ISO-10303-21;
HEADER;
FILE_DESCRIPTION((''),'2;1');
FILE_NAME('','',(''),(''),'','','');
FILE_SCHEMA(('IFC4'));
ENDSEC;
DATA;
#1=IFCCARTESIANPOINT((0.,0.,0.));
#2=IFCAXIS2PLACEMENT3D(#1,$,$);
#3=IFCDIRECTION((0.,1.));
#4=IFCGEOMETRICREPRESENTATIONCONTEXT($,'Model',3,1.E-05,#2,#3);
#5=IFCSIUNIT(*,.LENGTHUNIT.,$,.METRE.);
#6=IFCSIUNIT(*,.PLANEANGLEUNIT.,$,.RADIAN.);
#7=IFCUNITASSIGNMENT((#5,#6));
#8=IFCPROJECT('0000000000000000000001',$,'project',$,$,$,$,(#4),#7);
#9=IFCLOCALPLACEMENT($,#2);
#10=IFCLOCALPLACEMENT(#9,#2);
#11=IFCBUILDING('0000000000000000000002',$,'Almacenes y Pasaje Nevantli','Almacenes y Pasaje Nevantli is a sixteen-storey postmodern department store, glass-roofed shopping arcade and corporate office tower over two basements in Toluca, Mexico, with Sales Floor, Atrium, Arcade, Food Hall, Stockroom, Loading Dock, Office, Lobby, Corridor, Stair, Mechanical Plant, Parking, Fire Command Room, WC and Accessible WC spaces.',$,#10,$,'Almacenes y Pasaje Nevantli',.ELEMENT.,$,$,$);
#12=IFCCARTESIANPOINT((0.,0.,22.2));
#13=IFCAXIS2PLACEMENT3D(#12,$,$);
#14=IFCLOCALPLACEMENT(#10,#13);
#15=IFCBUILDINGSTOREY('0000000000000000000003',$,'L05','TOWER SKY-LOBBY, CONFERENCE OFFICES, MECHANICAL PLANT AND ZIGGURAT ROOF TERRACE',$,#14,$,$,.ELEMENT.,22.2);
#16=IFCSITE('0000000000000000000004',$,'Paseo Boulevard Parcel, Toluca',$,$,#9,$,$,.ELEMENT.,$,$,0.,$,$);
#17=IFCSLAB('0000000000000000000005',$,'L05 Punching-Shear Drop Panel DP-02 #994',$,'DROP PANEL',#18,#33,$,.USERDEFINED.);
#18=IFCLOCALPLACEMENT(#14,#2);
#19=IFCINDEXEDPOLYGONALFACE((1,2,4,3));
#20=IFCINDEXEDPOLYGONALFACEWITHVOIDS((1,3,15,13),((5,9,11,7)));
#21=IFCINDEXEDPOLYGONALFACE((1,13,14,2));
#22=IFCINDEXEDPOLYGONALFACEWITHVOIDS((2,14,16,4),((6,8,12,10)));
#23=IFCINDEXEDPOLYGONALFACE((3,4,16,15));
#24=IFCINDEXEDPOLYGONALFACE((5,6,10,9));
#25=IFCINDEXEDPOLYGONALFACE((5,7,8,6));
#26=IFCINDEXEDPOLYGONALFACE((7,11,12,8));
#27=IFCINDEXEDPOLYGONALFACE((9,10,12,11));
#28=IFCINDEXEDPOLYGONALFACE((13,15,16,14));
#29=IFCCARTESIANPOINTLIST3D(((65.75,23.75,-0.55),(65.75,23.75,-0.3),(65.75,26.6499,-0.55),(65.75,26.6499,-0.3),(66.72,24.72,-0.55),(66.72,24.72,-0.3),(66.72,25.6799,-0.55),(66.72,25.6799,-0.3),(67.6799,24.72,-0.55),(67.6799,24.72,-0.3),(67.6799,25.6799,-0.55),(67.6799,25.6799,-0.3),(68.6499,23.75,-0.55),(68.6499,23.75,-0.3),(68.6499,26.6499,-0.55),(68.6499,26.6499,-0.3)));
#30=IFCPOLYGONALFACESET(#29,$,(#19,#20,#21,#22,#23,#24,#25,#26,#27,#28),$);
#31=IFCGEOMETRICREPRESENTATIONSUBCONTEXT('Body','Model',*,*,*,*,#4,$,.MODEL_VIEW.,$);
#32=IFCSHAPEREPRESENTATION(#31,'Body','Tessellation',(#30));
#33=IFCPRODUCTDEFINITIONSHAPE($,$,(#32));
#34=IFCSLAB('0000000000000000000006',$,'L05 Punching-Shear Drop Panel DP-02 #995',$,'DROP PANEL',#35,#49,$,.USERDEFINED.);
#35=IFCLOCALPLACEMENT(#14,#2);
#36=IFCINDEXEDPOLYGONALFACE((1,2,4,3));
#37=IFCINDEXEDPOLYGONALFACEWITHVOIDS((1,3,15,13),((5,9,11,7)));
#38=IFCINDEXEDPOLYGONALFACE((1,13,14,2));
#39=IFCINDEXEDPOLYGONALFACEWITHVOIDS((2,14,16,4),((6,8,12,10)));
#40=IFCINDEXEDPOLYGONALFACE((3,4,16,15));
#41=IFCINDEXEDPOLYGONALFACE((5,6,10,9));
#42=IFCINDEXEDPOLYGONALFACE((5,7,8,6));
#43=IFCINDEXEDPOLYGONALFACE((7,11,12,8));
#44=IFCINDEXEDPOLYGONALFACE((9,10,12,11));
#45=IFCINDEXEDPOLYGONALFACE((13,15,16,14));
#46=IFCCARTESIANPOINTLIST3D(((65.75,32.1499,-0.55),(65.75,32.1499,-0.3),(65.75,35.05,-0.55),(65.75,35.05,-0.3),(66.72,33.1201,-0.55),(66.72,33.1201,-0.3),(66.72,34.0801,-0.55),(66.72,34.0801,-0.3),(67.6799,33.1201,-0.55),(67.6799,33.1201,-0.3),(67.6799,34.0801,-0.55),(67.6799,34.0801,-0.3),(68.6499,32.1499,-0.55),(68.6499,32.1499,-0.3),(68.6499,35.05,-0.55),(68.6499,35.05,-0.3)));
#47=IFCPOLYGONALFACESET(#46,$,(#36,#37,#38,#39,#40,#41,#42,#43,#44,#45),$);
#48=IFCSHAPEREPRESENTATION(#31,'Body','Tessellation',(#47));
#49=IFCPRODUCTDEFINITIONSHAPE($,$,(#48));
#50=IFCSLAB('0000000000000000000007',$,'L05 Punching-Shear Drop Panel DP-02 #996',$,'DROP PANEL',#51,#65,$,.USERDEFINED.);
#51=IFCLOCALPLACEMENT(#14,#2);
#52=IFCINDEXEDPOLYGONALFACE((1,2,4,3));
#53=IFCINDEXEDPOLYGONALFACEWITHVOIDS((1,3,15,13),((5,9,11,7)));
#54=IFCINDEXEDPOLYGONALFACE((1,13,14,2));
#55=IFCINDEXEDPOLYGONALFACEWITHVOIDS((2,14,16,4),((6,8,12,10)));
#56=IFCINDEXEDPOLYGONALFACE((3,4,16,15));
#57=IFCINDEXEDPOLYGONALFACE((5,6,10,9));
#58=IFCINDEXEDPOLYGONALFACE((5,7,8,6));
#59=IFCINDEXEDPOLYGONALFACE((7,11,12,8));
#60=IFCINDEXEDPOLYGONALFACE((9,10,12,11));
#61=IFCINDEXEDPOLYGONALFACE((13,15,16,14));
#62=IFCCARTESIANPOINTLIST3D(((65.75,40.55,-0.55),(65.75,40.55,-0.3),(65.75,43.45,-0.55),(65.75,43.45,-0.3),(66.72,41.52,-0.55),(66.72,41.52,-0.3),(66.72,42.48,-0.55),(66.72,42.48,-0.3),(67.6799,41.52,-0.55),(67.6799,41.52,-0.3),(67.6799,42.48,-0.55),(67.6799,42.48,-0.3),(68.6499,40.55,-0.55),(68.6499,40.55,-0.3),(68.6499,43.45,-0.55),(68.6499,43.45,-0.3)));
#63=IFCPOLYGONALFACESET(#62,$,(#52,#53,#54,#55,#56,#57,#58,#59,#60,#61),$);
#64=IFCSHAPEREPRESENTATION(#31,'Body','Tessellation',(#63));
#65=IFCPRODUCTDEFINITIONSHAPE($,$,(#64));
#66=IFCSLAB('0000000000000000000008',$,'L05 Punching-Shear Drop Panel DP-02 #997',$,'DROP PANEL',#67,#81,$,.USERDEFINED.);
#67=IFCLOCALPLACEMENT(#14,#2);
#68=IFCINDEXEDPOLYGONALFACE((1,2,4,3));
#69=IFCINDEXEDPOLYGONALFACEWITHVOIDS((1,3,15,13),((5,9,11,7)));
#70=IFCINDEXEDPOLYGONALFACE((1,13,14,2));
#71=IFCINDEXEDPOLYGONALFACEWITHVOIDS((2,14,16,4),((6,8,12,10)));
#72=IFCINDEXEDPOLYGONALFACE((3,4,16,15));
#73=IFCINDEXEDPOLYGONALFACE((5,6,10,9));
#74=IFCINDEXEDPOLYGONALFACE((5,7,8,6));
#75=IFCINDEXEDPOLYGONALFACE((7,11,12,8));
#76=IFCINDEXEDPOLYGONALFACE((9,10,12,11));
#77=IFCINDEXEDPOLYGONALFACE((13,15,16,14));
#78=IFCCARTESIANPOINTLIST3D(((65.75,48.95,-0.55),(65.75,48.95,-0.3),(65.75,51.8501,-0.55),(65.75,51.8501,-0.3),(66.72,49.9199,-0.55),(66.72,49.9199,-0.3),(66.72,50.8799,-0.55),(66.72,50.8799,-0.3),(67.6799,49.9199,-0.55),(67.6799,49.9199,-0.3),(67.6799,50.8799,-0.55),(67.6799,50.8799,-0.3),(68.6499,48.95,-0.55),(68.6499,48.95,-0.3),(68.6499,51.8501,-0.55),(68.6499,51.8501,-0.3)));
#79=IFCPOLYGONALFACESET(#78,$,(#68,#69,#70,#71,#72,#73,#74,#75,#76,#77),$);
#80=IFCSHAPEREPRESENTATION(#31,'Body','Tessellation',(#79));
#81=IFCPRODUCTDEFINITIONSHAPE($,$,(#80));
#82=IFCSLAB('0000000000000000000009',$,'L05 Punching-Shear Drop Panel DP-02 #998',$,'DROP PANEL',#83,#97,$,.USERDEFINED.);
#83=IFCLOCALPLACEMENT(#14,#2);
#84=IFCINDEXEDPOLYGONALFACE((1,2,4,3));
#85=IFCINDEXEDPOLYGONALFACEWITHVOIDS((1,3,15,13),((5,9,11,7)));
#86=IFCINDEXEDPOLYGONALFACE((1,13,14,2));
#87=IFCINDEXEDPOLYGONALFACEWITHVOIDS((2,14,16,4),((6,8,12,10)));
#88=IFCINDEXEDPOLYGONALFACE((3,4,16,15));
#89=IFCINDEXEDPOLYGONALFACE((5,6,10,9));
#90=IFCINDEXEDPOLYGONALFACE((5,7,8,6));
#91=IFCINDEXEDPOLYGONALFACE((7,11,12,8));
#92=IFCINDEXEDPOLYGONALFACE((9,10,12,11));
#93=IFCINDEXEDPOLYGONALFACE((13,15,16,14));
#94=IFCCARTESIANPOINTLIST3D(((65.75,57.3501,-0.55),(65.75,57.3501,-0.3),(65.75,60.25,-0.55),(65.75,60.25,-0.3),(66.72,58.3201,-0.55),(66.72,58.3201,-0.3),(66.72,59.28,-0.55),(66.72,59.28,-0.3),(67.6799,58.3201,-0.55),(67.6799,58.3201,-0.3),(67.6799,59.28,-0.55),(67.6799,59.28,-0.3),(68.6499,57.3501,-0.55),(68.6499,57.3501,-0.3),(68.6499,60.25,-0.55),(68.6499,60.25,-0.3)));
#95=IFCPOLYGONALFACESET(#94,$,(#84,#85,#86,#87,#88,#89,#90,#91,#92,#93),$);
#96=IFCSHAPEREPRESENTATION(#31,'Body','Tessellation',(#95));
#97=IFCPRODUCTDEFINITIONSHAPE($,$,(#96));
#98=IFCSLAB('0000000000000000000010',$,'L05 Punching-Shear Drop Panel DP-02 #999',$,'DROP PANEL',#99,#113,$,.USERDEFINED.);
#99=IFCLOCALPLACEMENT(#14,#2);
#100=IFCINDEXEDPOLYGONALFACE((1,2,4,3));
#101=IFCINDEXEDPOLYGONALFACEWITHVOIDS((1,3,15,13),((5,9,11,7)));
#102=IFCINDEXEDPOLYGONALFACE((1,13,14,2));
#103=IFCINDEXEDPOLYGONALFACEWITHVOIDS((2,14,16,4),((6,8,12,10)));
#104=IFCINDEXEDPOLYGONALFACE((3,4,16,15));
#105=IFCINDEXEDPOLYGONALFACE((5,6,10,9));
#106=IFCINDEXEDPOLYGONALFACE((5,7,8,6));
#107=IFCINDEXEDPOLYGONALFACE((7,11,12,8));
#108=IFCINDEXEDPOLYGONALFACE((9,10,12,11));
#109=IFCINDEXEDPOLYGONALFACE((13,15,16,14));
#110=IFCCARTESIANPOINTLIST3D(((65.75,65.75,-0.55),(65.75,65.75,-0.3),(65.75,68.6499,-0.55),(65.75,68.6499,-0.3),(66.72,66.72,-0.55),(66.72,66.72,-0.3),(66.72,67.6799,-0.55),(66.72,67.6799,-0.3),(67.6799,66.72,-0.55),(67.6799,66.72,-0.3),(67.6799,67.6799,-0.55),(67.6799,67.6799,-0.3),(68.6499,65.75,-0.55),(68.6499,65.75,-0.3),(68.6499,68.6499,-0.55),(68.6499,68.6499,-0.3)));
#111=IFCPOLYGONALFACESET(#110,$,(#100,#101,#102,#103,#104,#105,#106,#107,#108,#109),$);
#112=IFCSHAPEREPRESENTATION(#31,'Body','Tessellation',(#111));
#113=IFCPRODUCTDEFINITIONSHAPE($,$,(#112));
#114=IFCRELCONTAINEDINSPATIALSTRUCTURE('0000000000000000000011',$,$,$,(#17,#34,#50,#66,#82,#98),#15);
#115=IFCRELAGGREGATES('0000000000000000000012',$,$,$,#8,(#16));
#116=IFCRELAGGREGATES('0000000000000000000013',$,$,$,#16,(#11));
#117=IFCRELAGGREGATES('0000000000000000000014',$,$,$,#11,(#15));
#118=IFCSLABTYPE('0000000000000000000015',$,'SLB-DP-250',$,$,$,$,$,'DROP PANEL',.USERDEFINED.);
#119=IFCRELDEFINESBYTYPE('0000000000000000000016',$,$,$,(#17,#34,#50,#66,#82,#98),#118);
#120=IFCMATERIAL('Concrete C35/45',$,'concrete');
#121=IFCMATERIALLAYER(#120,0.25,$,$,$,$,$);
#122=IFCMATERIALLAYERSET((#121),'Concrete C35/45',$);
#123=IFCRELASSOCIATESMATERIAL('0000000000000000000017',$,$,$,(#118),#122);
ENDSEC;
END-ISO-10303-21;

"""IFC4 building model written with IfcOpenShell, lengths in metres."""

from ifc_helpers import new_model, si_unit, direction, frame, origin, place, context, subcontext, project, spatial, polyline, outline, extrude, material, layer, layer_set, type_object, element, save


model = new_model("IFC4")

# Units and contexts
model_context = context("Model", 3, precision=1e-05, world=origin(), true_north=direction((0.0, 1.0)))
body_context = subcontext(model_context, "Body", "Model", "MODEL_VIEW")
ifc_project = project(units=[si_unit("LENGTHUNIT", "METRE"), si_unit("PLANEANGLEUNIT", "RADIAN")], contexts=[model_context])

# Site, building, storey
site_placement = place(None, origin())
site = spatial("IfcSite", under=ifc_project, at=site_placement, Name="Paseo Boulevard Parcel, Toluca", CompositionType="ELEMENT", RefElevation=0.0)
building_placement = place(site_placement, origin())
building = spatial("IfcBuilding", under=site, at=building_placement, Name="Almacenes y Pasaje Nevantli", Description="Almacenes y Pasaje Nevantli is a sixteen-storey postmodern department store, glass-roofed shopping arcade and corporate office tower over two basements in Toluca, Mexico, with Sales Floor, Atrium, Arcade, Food Hall, Stockroom, Loading Dock, Office, Lobby, Corridor, Stair, Mechanical Plant, Parking, Fire Command Room, WC and Accessible WC spaces.", LongName="Almacenes y Pasaje Nevantli", CompositionType="ELEMENT")
storey_placement = place(building_placement, frame((0.0, 0.0, 22.2)))
storey = spatial("IfcBuildingStorey", under=building, at=storey_placement, Name="L05", Description="TOWER SKY-LOBBY, CONFERENCE OFFICES, MECHANICAL PLANT AND ZIGGURAT ROOF TERRACE", CompositionType="ELEMENT", Elevation=22.2)

# Slabs
ifc_material_1 = material(Name="Concrete C35/45", Category="concrete")
ifc_layer_1 = layer(ifc_material_1, 0.25)
ifc_layer_set_1 = layer_set([ifc_layer_1], Name="Concrete C35/45")
slab_type_1 = type_object("IfcSlabType", Name="SLB-DP-250", ElementType="DROP PANEL", PredefinedType="USERDEFINED", material=ifc_layer_set_1)
slab_1_placement = place(storey_placement, frame((0.0, 0.0, -0.55)))
element("IfcSlab", 1, at=slab_1_placement, inside=storey, type_object=slab_type_1, Name="L05 Punching-Shear Drop Panel DP-02 #994", ObjectType="DROP PANEL", PredefinedType="USERDEFINED", context=body_context, shape_type="SweptSolid", body=[
    extrude(outline(polyline([(65.75, 23.75), (68.6499, 23.75), (68.6499, 26.6499), (65.75, 26.6499), (65.75, 23.75)]), holes=[polyline([(66.72, 24.72), (67.6799, 24.72), (67.6799, 25.6799), (66.72, 25.6799), (66.72, 24.72)])]), origin(), (0.0, 0.0, 1.0), 0.25),
])
slab_2_placement = place(storey_placement, frame((0.0, 0.0, -0.55)))
element("IfcSlab", 2, at=slab_2_placement, inside=storey, type_object=slab_type_1, Name="L05 Punching-Shear Drop Panel DP-02 #995", ObjectType="DROP PANEL", PredefinedType="USERDEFINED", context=body_context, shape_type="SweptSolid", body=[
    extrude(outline(polyline([(65.75, 32.1499), (68.6499, 32.1499), (68.6499, 35.05), (65.75, 35.05), (65.75, 32.1499)]), holes=[polyline([(66.72, 33.1201), (67.6799, 33.1201), (67.6799, 34.0801), (66.72, 34.0801), (66.72, 33.1201)])]), origin(), (0.0, 0.0, 1.0), 0.25),
])
slab_3_placement = place(storey_placement, frame((0.0, 0.0, -0.55)))
element("IfcSlab", 3, at=slab_3_placement, inside=storey, type_object=slab_type_1, Name="L05 Punching-Shear Drop Panel DP-02 #996", ObjectType="DROP PANEL", PredefinedType="USERDEFINED", context=body_context, shape_type="SweptSolid", body=[
    extrude(outline(polyline([(65.75, 40.55), (68.6499, 40.55), (68.6499, 43.45), (65.75, 43.45), (65.75, 40.55)]), holes=[polyline([(66.72, 41.52), (67.6799, 41.52), (67.6799, 42.48), (66.72, 42.48), (66.72, 41.52)])]), origin(), (0.0, 0.0, 1.0), 0.25),
])
slab_4_placement = place(storey_placement, frame((0.0, 0.0, -0.55)))
element("IfcSlab", 4, at=slab_4_placement, inside=storey, type_object=slab_type_1, Name="L05 Punching-Shear Drop Panel DP-02 #997", ObjectType="DROP PANEL", PredefinedType="USERDEFINED", context=body_context, shape_type="SweptSolid", body=[
    extrude(outline(polyline([(65.75, 48.95), (68.6499, 48.95), (68.6499, 51.8501), (65.75, 51.8501), (65.75, 48.95)]), holes=[polyline([(66.72, 49.9199), (67.6799, 49.9199), (67.6799, 50.8799), (66.72, 50.8799), (66.72, 49.9199)])]), origin(), (0.0, 0.0, 1.0), 0.25),
])
slab_5_placement = place(storey_placement, frame((0.0, 0.0, -0.55)))
element("IfcSlab", 5, at=slab_5_placement, inside=storey, type_object=slab_type_1, Name="L05 Punching-Shear Drop Panel DP-02 #998", ObjectType="DROP PANEL", PredefinedType="USERDEFINED", context=body_context, shape_type="SweptSolid", body=[
    extrude(outline(polyline([(65.75, 57.3501), (68.6499, 57.3501), (68.6499, 60.25), (65.75, 60.25), (65.75, 57.3501)]), holes=[polyline([(66.72, 58.3201), (67.6799, 58.3201), (67.6799, 59.28), (66.72, 59.28), (66.72, 58.3201)])]), origin(), (0.0, 0.0, 1.0), 0.25),
])
slab_6_placement = place(storey_placement, frame((0.0, 0.0, -0.55)))
element("IfcSlab", 6, at=slab_6_placement, inside=storey, type_object=slab_type_1, Name="L05 Punching-Shear Drop Panel DP-02 #999", ObjectType="DROP PANEL", PredefinedType="USERDEFINED", context=body_context, shape_type="SweptSolid", body=[
    extrude(outline(polyline([(65.75, 65.75), (68.6499, 65.75), (68.6499, 68.6499), (65.75, 68.6499), (65.75, 65.75)]), holes=[polyline([(66.72, 66.72), (67.6799, 66.72), (67.6799, 67.6799), (66.72, 67.6799), (66.72, 66.72)])]), origin(), (0.0, 0.0, 1.0), 0.25),
])

save(model, "model.ifc")
